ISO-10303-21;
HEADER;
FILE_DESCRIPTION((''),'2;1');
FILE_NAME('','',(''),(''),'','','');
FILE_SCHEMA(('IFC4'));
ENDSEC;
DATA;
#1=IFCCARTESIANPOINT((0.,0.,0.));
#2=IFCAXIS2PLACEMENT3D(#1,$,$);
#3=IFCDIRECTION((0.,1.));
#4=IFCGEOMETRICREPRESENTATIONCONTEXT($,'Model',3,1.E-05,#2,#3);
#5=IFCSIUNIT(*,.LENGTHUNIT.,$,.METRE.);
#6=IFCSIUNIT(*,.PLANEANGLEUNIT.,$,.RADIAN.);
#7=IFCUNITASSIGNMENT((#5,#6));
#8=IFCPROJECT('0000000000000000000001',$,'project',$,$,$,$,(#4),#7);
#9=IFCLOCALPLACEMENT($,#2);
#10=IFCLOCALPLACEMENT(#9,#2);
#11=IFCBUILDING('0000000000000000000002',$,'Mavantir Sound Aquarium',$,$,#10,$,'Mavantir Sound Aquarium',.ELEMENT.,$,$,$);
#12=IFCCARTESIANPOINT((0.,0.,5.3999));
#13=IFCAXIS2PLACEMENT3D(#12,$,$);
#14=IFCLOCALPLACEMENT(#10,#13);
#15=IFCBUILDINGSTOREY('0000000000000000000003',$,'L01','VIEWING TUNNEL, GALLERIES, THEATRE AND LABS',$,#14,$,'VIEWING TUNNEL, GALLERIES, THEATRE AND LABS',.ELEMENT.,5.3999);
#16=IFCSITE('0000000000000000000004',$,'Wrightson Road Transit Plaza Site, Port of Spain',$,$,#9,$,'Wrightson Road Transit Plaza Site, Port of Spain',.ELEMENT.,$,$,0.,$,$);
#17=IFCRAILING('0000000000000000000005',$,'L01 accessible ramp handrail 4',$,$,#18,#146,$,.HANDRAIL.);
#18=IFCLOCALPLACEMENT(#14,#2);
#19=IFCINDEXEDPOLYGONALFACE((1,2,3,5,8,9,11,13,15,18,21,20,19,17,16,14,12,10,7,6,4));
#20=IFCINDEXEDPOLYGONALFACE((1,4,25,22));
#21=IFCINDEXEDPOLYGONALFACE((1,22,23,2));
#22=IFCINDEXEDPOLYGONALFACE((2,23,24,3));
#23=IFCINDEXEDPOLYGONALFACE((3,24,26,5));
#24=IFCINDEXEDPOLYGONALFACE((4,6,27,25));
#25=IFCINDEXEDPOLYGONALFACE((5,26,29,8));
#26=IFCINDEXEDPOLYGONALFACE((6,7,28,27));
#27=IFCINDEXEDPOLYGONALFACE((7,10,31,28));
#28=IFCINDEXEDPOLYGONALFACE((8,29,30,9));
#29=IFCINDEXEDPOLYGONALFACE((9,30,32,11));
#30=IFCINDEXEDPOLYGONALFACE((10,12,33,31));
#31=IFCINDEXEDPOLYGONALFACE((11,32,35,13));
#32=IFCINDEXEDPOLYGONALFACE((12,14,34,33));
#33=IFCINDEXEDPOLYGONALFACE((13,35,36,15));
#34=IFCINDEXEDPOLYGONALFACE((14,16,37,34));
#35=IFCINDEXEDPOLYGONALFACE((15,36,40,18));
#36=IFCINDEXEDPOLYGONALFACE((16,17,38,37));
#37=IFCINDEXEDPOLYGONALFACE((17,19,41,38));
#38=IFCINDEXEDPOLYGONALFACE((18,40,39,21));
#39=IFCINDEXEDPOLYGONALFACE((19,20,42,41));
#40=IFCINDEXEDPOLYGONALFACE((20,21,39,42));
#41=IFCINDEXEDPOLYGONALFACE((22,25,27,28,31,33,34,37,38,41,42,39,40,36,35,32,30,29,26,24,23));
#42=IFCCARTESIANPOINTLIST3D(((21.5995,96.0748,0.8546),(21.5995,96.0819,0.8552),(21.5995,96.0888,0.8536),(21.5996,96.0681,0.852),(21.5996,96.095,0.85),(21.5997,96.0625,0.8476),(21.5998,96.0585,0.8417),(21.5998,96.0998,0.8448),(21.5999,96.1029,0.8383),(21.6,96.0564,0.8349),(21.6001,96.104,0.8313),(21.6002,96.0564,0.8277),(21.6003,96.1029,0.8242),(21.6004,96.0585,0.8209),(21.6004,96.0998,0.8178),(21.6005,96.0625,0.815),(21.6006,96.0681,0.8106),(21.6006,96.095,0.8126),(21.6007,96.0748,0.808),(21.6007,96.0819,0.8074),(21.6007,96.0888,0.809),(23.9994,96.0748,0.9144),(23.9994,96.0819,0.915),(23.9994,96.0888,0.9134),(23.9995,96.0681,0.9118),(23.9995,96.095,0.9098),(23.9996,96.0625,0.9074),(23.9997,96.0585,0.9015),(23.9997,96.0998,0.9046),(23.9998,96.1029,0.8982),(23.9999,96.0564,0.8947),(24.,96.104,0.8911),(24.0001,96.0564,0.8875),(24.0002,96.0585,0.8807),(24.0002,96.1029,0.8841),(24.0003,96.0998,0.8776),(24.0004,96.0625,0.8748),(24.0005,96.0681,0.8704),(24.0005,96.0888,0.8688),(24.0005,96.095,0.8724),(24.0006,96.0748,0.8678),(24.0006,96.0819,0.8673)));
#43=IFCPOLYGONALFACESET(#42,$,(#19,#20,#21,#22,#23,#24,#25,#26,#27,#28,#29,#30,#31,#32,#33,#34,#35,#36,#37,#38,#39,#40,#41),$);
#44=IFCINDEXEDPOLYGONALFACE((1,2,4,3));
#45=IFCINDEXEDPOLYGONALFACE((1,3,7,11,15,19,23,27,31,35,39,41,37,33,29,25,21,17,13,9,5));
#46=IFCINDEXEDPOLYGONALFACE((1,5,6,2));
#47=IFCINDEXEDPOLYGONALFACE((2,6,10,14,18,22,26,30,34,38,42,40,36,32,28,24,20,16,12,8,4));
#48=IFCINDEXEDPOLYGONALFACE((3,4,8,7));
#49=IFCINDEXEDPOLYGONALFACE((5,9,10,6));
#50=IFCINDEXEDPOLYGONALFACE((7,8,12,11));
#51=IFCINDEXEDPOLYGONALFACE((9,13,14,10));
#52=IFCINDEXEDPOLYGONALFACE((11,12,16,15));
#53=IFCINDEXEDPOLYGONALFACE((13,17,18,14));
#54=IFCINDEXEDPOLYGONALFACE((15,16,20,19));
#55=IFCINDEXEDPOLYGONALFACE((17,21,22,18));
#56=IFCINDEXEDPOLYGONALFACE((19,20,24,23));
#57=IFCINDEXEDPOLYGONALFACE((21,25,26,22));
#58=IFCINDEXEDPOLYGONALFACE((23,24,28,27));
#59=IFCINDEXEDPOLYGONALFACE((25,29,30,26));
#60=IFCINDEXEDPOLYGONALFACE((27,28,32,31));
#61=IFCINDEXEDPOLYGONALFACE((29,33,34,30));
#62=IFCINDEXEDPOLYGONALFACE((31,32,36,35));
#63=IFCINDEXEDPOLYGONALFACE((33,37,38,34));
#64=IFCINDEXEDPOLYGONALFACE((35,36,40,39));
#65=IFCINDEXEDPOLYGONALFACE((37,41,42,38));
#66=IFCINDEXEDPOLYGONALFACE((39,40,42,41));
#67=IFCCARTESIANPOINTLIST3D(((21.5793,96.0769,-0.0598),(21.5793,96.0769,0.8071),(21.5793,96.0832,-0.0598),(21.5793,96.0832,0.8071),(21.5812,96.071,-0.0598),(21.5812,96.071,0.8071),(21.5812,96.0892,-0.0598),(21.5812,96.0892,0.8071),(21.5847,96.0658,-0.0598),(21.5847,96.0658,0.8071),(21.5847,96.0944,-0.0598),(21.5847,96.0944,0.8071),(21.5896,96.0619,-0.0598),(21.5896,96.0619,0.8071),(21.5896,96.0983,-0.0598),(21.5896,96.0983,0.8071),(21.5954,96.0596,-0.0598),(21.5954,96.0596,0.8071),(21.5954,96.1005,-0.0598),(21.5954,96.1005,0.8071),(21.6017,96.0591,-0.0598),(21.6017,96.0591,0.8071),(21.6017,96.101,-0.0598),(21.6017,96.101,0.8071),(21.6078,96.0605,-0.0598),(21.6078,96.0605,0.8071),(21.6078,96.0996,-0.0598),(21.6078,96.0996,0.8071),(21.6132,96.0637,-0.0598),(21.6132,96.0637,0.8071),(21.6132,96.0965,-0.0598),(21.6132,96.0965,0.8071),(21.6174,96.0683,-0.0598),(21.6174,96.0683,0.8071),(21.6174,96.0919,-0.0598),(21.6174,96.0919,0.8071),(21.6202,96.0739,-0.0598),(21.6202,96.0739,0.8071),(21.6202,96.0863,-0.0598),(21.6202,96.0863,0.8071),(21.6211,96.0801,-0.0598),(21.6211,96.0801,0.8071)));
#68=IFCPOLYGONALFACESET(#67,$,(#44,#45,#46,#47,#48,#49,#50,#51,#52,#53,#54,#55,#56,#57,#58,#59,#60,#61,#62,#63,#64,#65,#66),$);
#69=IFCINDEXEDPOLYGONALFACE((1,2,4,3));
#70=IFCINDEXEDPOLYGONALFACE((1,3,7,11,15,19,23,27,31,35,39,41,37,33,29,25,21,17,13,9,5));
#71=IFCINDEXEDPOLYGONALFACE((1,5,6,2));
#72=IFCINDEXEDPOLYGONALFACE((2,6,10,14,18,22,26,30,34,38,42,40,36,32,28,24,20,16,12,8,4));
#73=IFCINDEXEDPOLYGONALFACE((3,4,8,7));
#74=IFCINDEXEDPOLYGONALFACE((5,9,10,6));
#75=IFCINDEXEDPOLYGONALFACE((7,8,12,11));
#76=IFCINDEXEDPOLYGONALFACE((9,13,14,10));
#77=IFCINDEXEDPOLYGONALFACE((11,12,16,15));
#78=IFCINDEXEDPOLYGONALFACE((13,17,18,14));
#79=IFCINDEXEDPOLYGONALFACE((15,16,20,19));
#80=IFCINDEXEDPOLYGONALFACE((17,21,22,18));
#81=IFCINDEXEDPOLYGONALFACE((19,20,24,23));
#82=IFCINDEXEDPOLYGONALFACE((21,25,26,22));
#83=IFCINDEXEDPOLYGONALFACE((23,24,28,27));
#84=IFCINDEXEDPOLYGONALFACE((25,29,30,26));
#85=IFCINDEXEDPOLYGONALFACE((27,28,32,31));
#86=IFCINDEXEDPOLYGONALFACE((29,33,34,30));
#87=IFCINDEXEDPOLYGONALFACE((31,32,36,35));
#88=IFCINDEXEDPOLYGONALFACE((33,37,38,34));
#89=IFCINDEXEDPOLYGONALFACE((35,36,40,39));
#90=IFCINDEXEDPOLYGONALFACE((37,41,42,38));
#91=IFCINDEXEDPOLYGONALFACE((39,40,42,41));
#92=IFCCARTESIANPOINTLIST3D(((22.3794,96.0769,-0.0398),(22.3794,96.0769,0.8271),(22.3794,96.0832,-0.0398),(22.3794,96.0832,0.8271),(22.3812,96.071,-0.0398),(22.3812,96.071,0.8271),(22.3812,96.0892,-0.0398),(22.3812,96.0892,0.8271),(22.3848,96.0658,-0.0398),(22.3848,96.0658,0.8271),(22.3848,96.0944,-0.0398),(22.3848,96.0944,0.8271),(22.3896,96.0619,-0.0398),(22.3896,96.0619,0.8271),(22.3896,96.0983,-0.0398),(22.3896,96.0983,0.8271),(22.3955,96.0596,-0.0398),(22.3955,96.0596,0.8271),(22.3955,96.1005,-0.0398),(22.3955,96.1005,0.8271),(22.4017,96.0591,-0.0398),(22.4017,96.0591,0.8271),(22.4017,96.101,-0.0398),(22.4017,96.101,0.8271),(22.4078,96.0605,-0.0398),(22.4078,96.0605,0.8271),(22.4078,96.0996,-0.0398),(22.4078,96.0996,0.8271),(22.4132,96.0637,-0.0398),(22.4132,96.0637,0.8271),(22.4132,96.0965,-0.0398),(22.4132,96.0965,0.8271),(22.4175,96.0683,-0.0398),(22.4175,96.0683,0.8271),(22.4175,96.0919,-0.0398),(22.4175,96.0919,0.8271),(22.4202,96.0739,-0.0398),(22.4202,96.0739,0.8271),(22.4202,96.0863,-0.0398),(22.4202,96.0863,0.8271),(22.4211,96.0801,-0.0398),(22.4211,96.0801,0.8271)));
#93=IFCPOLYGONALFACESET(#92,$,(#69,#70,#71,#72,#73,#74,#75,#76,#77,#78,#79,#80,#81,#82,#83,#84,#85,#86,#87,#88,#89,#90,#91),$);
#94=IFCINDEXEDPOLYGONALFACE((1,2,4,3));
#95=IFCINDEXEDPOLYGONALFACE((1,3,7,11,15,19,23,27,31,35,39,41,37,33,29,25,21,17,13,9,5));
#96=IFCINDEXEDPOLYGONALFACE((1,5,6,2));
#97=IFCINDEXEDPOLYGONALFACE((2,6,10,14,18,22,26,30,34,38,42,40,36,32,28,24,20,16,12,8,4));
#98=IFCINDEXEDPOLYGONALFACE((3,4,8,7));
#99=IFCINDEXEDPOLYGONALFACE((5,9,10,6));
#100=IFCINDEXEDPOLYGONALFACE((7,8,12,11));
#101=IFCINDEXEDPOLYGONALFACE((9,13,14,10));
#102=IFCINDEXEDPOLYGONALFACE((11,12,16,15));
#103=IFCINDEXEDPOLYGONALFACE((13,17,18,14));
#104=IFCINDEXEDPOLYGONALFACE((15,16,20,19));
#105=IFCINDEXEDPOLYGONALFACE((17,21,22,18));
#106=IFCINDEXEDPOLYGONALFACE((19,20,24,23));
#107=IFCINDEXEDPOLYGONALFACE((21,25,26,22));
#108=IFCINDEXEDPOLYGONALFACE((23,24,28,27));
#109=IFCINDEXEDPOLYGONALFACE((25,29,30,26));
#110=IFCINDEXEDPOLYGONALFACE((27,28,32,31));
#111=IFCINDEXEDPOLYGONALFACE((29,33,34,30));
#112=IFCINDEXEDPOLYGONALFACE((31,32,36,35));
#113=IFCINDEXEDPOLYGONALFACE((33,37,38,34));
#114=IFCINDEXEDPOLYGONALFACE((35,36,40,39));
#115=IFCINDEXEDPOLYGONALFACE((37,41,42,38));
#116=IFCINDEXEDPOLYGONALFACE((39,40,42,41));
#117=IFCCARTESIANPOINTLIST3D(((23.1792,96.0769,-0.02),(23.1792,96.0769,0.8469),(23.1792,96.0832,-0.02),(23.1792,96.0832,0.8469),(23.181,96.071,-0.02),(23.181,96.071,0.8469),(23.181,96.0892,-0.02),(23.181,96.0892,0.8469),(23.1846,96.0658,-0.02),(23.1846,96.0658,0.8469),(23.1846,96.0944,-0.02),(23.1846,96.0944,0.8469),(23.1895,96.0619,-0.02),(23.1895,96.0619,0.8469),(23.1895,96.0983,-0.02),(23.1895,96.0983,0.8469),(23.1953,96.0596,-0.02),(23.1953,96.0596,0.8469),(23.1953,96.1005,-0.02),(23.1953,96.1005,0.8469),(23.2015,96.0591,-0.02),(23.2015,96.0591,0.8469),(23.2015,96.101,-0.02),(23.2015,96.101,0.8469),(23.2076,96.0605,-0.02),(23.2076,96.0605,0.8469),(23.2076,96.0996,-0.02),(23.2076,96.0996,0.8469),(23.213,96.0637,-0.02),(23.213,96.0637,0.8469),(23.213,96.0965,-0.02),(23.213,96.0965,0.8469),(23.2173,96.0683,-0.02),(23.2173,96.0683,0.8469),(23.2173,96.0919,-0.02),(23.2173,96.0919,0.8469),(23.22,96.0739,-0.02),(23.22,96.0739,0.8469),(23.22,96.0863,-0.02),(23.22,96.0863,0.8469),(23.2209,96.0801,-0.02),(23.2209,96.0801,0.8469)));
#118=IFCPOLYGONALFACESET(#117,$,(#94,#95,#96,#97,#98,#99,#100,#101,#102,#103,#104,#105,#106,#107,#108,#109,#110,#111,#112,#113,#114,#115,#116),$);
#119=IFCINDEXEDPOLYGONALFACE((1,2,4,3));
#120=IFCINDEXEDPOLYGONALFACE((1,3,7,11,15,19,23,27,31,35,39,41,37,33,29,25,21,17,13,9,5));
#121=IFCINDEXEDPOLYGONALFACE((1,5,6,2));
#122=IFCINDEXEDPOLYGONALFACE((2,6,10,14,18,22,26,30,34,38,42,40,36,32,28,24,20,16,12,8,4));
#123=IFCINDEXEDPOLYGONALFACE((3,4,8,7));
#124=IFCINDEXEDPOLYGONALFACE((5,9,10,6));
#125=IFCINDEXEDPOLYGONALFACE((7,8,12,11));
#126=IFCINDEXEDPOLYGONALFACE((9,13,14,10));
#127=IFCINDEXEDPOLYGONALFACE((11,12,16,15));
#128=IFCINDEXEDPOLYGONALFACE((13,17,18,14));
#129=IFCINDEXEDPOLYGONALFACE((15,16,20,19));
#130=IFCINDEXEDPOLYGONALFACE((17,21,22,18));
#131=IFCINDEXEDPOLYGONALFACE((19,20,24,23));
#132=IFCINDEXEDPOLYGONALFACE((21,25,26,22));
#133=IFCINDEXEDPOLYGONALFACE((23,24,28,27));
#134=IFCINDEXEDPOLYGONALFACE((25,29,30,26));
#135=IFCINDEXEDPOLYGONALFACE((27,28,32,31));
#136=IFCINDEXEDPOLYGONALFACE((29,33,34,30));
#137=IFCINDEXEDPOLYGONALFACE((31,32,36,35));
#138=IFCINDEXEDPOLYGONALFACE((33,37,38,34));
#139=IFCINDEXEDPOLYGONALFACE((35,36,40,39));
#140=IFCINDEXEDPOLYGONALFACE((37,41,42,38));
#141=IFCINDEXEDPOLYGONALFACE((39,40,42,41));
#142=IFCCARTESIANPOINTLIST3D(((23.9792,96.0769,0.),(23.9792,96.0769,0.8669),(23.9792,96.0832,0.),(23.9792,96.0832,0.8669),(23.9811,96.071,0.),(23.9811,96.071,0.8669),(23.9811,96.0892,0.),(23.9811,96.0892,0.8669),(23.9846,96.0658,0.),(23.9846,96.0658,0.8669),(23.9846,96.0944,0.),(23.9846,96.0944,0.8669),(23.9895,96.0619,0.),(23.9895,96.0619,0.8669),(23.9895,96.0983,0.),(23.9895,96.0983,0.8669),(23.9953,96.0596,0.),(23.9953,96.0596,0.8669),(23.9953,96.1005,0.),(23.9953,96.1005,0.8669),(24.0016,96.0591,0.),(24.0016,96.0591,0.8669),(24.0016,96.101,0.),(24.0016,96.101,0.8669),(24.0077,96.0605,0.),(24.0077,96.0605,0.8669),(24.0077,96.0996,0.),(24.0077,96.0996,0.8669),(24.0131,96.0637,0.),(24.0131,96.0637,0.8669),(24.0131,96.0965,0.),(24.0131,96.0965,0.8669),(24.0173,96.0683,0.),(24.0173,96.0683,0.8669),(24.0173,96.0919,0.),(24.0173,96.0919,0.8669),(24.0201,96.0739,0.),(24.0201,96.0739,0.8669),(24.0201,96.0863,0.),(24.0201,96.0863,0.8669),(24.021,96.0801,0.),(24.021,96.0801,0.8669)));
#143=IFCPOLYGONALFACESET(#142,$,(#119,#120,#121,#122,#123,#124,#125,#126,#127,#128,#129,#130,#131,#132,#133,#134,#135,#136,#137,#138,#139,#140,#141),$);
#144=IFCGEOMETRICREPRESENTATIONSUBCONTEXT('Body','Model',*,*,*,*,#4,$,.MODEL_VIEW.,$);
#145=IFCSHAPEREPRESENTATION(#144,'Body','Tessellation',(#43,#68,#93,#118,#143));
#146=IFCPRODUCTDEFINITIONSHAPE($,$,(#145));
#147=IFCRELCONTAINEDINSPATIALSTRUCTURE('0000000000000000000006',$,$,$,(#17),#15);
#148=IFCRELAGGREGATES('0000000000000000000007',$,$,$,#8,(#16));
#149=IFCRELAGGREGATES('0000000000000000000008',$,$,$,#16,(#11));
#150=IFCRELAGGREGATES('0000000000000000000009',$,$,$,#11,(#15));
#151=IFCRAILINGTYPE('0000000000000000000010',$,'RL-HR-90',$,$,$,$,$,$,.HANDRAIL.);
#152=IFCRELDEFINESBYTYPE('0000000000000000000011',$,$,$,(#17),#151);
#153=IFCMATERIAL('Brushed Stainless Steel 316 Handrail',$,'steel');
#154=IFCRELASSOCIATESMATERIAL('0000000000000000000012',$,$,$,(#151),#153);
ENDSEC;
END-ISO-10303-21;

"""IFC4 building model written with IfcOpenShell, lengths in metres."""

from ifc_helpers import new_model, si_unit, direction, frame, origin, origin_2d, place, context, subcontext, project, spatial, circle, extrude, material, type_object, element, save


model = new_model("IFC4")

# Units and contexts
model_context = context("Model", 3, precision=1e-05, world=origin(), true_north=direction((0.0, 1.0)))
body_context = subcontext(model_context, "Body", "Model", "MODEL_VIEW")
ifc_project = project(units=[si_unit("LENGTHUNIT", "METRE"), si_unit("PLANEANGLEUNIT", "RADIAN")], contexts=[model_context])

# Site, building, storey
site_placement = place(None, origin())
site = spatial("IfcSite", under=ifc_project, at=site_placement, Name="Wrightson Road Transit Plaza Site, Port of Spain", LongName="Wrightson Road Transit Plaza Site, Port of Spain", CompositionType="ELEMENT", RefElevation=0.0)
building_placement = place(site_placement, origin())
building = spatial("IfcBuilding", under=site, at=building_placement, Name="Mavantir Sound Aquarium", LongName="Mavantir Sound Aquarium", CompositionType="ELEMENT")
storey_placement = place(building_placement, frame((0.0, 0.0, 5.3999)))
storey = spatial("IfcBuildingStorey", under=building, at=storey_placement, Name="L01", Description="VIEWING TUNNEL, GALLERIES, THEATRE AND LABS", LongName="VIEWING TUNNEL, GALLERIES, THEATRE AND LABS", CompositionType="ELEMENT", Elevation=5.3999)

# Railing
ifc_material_1 = material(Name="Brushed Stainless Steel 316 Handrail", Category="steel")
railing_type_1 = type_object("IfcRailingType", Name="RL-HR-90", PredefinedType="HANDRAIL", material=ifc_material_1)
railing_1_placement = place(storey_placement, frame((21.6001, 96.0801, -0.0598)))
element("IfcRailing", 1, at=railing_1_placement, inside=storey, type_object=railing_type_1, Name="L01 accessible ramp handrail 4", PredefinedType="HANDRAIL", context=body_context, shape_type="SweptSolid", body=[
    extrude(circle(Radius=0.0239, at=origin_2d()), frame((0.0, 0.0, 0.8911), z_axis=(0.99969, 0.0, 0.024916), x_axis=(0.0, 1.0, 0.0)), (0.0, 0.0, 1.0), 2.4006),
    extrude(circle(Radius=0.021, at=origin_2d()), origin(), (0.0, 0.0, 1.0), 0.8669),
    extrude(circle(Radius=0.021, at=origin_2d()), frame((0.8, 0.0, 0.02)), (0.0, 0.0, 1.0), 0.8669),
    extrude(circle(Radius=0.021, at=origin_2d()), frame((1.5999, 0.0, 0.0398)), (0.0, 0.0, 1.0), 0.8669),
    extrude(circle(Radius=0.021, at=origin_2d()), frame((2.3999, 0.0, 0.0598)), (0.0, 0.0, 1.0), 0.8669),
])

save(model, "model.ifc")
